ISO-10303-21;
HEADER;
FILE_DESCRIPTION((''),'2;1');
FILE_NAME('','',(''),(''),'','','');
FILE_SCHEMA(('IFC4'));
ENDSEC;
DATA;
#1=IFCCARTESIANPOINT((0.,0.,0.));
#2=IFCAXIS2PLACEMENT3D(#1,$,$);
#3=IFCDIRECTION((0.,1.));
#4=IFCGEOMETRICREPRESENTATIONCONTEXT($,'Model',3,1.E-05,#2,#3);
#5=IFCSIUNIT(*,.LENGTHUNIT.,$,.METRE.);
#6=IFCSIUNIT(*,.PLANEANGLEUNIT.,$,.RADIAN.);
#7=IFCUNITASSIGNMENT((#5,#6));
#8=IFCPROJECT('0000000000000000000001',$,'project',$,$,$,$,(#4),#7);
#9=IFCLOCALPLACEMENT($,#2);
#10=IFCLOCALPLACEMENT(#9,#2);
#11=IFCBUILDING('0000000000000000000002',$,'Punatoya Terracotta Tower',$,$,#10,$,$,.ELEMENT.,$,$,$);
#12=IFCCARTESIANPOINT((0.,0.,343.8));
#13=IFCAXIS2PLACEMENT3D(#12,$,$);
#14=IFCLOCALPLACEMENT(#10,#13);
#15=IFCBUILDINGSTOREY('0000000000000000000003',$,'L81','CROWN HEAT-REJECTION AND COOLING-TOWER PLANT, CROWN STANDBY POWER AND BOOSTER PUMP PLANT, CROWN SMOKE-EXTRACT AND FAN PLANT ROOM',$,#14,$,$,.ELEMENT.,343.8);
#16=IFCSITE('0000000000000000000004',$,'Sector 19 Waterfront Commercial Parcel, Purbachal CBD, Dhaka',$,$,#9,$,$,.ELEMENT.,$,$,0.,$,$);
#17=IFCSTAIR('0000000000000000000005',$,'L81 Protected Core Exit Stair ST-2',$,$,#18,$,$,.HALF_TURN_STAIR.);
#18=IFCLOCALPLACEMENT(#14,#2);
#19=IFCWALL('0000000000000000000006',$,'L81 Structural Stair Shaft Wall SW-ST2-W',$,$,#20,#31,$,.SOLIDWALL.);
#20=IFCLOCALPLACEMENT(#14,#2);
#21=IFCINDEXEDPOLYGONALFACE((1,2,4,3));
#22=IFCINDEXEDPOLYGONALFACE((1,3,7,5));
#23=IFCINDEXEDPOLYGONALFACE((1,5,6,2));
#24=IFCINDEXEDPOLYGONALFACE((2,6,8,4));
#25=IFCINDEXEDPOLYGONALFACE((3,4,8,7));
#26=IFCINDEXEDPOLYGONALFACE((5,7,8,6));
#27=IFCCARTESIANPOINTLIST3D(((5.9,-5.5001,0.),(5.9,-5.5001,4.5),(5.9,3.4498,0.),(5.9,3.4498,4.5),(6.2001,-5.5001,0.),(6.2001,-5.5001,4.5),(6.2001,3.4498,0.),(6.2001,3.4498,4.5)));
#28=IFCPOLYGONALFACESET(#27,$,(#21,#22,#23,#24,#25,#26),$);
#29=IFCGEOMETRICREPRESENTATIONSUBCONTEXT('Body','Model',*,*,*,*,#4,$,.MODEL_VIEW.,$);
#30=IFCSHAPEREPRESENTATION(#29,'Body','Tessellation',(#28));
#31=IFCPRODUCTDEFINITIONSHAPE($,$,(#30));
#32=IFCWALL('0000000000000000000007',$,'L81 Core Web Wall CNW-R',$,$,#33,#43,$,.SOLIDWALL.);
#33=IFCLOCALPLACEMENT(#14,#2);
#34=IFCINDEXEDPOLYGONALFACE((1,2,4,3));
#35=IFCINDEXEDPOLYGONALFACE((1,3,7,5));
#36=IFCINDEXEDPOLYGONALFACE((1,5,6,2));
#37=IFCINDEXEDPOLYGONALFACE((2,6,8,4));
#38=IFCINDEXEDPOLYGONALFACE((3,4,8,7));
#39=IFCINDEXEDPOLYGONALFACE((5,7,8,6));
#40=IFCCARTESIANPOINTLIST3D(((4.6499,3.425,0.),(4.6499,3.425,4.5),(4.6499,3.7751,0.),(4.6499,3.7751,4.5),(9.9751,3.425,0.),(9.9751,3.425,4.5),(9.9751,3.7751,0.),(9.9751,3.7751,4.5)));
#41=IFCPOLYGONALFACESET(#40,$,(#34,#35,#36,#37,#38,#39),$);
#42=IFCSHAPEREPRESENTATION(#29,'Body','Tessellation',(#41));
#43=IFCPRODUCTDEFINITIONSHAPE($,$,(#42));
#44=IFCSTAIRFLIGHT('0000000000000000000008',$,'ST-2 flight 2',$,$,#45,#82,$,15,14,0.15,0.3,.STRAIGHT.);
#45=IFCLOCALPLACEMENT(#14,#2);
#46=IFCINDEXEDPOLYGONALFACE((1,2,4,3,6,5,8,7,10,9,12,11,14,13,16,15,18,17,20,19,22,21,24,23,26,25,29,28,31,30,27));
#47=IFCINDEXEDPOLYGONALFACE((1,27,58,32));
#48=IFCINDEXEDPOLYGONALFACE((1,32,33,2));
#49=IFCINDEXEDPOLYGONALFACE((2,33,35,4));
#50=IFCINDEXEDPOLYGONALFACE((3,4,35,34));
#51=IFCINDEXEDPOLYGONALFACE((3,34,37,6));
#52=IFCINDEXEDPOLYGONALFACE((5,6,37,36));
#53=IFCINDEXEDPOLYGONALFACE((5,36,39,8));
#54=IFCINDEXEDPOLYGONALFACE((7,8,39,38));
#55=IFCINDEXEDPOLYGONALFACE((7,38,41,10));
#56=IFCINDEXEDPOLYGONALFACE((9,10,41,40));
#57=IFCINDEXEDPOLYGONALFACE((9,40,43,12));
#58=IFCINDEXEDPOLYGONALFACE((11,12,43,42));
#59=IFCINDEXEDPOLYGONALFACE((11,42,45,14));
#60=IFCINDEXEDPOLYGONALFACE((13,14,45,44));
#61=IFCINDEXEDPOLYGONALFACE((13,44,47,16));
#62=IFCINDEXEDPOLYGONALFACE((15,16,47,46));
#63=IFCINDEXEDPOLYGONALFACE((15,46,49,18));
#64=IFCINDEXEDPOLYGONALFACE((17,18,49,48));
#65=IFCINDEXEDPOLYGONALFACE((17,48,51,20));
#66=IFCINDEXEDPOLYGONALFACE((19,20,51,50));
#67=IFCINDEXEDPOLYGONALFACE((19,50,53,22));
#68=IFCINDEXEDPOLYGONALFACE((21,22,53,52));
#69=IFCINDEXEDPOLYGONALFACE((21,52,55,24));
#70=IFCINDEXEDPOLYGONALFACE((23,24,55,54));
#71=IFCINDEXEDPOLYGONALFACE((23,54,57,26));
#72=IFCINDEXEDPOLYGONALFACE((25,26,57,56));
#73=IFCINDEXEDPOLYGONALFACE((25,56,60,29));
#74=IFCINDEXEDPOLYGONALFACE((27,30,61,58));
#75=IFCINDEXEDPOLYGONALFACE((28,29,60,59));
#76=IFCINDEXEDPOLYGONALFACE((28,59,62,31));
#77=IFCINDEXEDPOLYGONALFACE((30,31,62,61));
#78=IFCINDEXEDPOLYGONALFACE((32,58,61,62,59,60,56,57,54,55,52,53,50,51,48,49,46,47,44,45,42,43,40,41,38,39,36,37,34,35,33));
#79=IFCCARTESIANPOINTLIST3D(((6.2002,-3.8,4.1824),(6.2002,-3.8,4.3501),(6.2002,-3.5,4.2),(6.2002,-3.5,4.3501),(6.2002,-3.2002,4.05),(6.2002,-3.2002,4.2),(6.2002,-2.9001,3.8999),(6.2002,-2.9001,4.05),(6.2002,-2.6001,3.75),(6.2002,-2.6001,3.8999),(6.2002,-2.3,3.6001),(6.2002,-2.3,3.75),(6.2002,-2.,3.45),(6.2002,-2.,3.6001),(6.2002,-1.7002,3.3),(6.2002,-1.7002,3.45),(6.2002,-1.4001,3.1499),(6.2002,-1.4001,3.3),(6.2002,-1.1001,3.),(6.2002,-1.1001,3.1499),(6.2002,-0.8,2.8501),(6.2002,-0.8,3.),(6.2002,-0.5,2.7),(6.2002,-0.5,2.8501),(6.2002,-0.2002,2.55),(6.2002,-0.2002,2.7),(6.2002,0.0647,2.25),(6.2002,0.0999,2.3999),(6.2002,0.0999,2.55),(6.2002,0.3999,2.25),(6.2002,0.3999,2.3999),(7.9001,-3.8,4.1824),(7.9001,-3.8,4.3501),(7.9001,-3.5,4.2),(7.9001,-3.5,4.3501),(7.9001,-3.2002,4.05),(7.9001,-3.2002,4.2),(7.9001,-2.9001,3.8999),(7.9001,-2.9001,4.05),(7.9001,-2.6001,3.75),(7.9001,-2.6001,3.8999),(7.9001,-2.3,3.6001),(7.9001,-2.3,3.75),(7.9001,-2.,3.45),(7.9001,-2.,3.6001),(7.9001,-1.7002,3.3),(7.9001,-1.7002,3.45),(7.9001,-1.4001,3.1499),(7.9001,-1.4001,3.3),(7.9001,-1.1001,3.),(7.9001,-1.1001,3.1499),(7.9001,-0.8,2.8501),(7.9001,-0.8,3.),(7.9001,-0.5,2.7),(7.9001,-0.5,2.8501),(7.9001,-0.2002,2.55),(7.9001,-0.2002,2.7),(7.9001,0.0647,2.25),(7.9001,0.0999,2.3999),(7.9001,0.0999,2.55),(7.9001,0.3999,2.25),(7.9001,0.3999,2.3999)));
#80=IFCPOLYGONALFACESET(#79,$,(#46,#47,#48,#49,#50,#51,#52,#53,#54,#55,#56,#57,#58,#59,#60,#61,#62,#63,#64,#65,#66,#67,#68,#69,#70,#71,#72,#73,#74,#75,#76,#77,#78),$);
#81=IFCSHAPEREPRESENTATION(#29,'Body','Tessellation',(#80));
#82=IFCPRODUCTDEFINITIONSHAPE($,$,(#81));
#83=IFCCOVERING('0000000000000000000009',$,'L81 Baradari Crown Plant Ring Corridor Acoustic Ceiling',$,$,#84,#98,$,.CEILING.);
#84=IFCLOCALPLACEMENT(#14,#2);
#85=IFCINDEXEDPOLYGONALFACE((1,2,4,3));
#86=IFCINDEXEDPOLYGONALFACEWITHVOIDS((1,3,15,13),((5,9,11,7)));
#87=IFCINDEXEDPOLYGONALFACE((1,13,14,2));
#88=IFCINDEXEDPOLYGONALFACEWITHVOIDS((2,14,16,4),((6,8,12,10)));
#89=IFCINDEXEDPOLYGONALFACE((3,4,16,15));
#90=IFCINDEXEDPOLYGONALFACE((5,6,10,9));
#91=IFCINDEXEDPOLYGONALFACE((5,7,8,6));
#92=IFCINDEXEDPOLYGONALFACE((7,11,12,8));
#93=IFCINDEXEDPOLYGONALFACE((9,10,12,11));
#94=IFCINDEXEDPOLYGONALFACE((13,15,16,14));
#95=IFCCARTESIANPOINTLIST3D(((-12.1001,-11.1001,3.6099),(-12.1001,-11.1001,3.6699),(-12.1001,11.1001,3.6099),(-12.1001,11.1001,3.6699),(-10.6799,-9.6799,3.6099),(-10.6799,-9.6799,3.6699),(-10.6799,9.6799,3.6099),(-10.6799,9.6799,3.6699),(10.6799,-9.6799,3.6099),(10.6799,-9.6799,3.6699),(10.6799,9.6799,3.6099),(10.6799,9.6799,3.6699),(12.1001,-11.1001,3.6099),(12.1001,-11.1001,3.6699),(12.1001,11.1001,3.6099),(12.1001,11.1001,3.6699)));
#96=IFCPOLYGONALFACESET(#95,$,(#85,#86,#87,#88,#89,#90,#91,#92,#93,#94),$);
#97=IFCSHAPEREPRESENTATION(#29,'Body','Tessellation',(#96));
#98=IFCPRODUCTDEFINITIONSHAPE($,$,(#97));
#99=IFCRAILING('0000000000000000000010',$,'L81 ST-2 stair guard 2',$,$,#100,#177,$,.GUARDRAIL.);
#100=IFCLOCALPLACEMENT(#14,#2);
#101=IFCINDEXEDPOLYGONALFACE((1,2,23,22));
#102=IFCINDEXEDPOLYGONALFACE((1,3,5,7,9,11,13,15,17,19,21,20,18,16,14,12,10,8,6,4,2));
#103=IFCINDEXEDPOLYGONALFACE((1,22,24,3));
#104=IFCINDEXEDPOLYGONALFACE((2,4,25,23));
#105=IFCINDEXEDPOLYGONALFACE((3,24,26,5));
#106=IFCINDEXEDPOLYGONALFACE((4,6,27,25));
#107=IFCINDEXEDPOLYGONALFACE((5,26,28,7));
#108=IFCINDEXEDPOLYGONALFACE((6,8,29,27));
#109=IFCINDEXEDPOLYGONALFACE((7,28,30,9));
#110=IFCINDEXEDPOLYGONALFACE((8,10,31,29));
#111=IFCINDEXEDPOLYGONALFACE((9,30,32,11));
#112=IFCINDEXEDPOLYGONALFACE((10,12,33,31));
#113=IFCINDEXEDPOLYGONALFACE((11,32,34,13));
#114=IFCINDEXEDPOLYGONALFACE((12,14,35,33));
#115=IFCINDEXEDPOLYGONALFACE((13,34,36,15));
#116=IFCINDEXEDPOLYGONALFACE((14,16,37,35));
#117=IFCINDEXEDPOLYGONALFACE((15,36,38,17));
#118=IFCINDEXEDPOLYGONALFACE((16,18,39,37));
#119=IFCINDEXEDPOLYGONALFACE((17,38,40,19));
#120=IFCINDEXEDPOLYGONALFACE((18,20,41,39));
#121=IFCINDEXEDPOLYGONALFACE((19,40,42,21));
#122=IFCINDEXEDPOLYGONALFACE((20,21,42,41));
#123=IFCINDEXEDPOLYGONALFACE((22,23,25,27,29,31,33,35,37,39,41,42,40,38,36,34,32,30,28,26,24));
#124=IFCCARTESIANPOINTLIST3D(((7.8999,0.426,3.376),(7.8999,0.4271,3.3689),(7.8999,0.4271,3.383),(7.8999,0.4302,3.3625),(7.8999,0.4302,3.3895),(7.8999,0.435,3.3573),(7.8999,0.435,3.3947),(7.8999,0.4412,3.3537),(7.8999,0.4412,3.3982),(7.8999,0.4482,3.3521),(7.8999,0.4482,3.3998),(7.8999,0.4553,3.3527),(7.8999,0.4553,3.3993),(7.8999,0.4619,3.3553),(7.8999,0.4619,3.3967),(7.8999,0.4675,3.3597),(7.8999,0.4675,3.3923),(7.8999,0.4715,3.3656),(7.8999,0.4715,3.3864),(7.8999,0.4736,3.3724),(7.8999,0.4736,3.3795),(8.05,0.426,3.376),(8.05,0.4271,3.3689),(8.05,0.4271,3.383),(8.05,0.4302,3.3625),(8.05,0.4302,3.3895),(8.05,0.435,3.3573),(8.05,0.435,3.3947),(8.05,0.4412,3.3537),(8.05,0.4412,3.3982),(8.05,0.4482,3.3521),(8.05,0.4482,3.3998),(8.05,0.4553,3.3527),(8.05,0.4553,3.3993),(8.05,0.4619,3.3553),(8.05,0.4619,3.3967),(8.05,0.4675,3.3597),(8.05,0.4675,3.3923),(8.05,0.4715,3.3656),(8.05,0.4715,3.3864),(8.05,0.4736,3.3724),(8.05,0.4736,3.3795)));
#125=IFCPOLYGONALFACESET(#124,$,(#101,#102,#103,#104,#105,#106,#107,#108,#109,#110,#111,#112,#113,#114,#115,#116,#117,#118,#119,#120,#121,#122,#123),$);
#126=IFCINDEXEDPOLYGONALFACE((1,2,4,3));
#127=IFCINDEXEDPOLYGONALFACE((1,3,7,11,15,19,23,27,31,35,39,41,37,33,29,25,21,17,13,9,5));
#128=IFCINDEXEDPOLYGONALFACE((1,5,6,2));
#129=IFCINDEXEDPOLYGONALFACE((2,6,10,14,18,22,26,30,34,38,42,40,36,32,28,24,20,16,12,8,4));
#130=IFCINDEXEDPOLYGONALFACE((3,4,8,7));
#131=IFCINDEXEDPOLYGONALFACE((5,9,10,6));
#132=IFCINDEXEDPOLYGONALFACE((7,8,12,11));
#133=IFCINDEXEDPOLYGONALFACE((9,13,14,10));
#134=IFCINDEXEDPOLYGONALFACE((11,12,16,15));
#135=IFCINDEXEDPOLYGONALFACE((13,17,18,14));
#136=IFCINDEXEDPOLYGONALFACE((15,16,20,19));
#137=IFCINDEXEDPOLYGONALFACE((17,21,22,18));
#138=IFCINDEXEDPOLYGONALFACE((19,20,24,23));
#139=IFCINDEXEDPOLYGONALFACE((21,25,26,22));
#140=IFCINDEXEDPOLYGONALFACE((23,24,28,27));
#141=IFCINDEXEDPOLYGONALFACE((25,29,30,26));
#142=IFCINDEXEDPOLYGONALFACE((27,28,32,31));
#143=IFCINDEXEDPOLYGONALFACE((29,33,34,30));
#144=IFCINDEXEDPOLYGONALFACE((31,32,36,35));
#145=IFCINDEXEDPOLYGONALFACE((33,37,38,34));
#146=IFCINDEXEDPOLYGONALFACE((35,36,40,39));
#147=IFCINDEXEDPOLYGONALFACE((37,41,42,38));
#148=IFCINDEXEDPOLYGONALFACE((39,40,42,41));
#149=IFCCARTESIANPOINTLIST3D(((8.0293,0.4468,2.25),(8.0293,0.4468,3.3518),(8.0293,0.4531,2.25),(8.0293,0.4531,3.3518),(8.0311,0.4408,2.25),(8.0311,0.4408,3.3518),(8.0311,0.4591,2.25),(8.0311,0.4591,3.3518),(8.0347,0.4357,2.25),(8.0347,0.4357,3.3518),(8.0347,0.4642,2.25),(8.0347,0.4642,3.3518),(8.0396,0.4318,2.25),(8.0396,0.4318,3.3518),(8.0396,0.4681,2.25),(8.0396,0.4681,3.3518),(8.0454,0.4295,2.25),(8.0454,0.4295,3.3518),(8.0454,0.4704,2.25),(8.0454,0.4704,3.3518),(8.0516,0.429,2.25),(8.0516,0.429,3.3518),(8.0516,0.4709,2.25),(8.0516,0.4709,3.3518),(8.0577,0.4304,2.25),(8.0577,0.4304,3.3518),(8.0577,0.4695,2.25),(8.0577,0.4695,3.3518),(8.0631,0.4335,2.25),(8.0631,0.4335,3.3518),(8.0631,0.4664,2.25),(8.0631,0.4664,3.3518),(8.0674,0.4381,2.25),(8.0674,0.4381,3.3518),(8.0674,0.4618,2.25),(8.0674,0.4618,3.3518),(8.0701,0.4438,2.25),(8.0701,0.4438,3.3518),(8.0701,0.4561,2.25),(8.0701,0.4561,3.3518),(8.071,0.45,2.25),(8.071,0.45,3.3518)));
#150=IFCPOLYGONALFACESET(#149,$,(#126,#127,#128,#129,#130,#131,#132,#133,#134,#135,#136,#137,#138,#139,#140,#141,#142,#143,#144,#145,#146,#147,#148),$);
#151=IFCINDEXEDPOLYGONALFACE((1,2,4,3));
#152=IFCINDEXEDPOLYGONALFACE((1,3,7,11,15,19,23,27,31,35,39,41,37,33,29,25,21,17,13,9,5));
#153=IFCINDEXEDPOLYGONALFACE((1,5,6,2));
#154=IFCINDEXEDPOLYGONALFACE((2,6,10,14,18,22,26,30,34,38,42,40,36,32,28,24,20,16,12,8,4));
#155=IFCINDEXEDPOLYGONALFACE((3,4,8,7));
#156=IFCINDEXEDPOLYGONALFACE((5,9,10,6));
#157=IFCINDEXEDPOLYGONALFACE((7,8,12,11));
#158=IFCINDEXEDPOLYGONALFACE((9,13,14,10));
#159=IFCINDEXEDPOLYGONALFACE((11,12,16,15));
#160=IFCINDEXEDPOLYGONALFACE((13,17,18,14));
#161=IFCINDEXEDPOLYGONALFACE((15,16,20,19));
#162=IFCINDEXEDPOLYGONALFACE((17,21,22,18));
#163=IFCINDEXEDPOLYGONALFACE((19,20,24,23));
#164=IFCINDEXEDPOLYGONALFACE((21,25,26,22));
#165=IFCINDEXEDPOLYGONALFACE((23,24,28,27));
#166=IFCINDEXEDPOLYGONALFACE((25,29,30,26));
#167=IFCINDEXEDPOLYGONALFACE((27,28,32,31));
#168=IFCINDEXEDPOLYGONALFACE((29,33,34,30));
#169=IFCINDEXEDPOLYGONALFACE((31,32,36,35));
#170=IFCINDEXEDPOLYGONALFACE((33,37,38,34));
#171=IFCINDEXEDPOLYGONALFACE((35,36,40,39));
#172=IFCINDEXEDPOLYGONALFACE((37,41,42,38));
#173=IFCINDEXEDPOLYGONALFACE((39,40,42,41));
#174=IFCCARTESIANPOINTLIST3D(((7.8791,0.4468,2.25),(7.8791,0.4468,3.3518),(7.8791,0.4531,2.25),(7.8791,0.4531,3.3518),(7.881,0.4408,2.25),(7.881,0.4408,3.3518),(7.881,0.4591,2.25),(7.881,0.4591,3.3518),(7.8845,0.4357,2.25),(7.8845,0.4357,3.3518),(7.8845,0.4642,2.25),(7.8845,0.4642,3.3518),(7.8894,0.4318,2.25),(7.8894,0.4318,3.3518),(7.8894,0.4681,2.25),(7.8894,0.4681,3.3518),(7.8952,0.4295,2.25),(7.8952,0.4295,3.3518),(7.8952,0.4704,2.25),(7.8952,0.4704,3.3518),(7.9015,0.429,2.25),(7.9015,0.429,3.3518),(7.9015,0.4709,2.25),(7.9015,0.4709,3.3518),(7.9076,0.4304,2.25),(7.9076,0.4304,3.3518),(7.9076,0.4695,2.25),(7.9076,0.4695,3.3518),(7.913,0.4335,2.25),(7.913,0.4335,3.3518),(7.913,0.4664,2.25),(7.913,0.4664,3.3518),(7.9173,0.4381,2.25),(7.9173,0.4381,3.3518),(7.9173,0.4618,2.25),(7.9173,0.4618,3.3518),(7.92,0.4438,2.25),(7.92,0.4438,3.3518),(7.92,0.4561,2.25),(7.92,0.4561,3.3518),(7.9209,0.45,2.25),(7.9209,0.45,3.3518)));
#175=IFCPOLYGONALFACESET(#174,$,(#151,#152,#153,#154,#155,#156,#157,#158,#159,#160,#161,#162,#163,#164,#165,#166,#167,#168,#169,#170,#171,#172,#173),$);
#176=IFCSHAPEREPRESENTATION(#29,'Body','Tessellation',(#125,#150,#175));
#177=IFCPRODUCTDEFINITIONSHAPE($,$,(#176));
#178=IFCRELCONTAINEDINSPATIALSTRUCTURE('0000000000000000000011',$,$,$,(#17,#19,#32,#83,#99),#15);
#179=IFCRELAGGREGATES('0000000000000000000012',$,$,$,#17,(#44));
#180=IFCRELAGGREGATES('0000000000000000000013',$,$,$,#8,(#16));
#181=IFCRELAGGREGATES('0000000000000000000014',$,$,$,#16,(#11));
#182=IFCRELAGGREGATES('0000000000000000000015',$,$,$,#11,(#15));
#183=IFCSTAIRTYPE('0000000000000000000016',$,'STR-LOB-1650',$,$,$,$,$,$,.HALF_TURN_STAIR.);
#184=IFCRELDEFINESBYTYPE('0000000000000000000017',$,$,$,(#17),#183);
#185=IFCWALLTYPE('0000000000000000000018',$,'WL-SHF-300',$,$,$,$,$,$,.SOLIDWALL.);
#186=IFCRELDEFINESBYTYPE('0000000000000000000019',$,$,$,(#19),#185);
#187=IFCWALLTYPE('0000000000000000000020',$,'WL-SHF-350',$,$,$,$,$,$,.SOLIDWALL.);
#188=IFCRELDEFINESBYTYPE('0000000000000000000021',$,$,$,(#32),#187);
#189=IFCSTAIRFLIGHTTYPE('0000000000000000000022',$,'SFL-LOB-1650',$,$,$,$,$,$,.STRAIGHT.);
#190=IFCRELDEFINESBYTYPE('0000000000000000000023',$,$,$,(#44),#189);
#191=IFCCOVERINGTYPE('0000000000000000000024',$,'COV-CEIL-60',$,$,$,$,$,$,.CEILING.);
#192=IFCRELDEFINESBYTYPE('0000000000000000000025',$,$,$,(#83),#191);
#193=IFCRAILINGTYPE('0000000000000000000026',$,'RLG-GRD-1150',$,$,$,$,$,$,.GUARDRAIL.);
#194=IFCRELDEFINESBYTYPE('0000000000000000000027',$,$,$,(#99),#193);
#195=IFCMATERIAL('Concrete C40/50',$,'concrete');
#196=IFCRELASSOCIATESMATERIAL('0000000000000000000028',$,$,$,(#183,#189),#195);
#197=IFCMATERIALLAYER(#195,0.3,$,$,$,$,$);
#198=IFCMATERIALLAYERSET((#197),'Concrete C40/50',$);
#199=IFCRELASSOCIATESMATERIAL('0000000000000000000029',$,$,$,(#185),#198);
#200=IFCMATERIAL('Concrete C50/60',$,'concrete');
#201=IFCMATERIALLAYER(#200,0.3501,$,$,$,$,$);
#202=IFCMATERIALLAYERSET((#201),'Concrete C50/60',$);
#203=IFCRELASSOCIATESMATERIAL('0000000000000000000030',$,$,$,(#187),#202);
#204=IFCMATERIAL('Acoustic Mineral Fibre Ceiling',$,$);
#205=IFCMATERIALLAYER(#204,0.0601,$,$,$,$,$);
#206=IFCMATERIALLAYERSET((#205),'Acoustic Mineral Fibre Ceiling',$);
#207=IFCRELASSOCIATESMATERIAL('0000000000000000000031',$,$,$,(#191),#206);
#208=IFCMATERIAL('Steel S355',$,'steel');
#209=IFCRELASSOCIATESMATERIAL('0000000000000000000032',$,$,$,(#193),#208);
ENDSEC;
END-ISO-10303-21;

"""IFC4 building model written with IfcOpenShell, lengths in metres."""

from ifc_helpers import new_model, si_unit, direction, frame, frame_2d, origin, origin_2d, place, context, subcontext, project, spatial, polyline, rectangle, circle, outline, extrude, material, layer, layer_set, type_object, element, aggregate, save


model = new_model("IFC4")

# Units and contexts
model_context = context("Model", 3, precision=1e-05, world=origin(), true_north=direction((0.0, 1.0)))
body_context = subcontext(model_context, "Body", "Model", "MODEL_VIEW")
ifc_project = project(units=[si_unit("LENGTHUNIT", "METRE"), si_unit("PLANEANGLEUNIT", "RADIAN")], contexts=[model_context])

# Site, building, storey
site_placement = place(None, origin())
site = spatial("IfcSite", under=ifc_project, at=site_placement, Name="Sector 19 Waterfront Commercial Parcel, Purbachal CBD, Dhaka", CompositionType="ELEMENT", RefElevation=0.0)
building_placement = place(site_placement, origin())
building = spatial("IfcBuilding", under=site, at=building_placement, Name="Punatoya Terracotta Tower", CompositionType="ELEMENT")
storey_placement = place(building_placement, frame((0.0, 0.0, 343.8)))
storey = spatial("IfcBuildingStorey", under=building, at=storey_placement, Name="L81", Description="CROWN HEAT-REJECTION AND COOLING-TOWER PLANT, CROWN STANDBY POWER AND BOOSTER PUMP PLANT, CROWN SMOKE-EXTRACT AND FAN PLANT ROOM", CompositionType="ELEMENT", Elevation=343.8)

# Shared definitions
ifc_material_1 = material(Name="Steel S355", Category="steel")

# Stair
ifc_material_2 = material(Name="Concrete C40/50", Category="concrete")
stair_type_1 = type_object("IfcStairType", Name="STR-LOB-1650", PredefinedType="HALF_TURN_STAIR", material=ifc_material_2)
stair_1_placement = place(storey_placement, origin())
stair_1 = element("IfcStair", 1, at=stair_1_placement, inside=storey, type_object=stair_type_1, Name="L81 Protected Core Exit Stair ST-2", PredefinedType="HALF_TURN_STAIR")

# Walls
ifc_layer_1 = layer(ifc_material_2, 0.3)
ifc_layer_set_1 = layer_set([ifc_layer_1], Name="Concrete C40/50")
wall_type_1 = type_object("IfcWallType", Name="WL-SHF-300", PredefinedType="SOLIDWALL", material=ifc_layer_set_1)
wall_1_placement = place(storey_placement, frame((6.05, 3.45, 0.0), z_axis=(0.0, 0.0, 1.0), x_axis=(0.0, -1.0, 0.0)))
element("IfcWall", 2, at=wall_1_placement, inside=storey, type_object=wall_type_1, Name="L81 Structural Stair Shaft Wall SW-ST2-W", PredefinedType="SOLIDWALL", context=body_context, shape_type="SweptSolid", body=[
    extrude(rectangle(XDim=8.95, YDim=0.3, at=frame_2d((4.4751, 0.0))), origin(), (0.0, 0.0, 1.0), 4.5),
])
ifc_material_3 = material(Name="Concrete C50/60", Category="concrete")
ifc_layer_2 = layer(ifc_material_3, 0.3501)
ifc_layer_set_2 = layer_set([ifc_layer_2], Name="Concrete C50/60")
wall_type_2 = type_object("IfcWallType", Name="WL-SHF-350", PredefinedType="SOLIDWALL", material=ifc_layer_set_2)
wall_2_placement = place(storey_placement, frame((4.6499, 3.6001, 0.0), z_axis=(0.0, 0.0, 1.0), x_axis=(1.0, 0.0, 0.0)))
element("IfcWall", 3, at=wall_2_placement, inside=storey, type_object=wall_type_2, Name="L81 Core Web Wall CNW-R", PredefinedType="SOLIDWALL", context=body_context, shape_type="SweptSolid", body=[
    extrude(rectangle(XDim=5.3252, YDim=0.3501, at=frame_2d((2.6626, 0.0))), origin(), (0.0, 0.0, 1.0), 4.5),
])

# Stair flight
stair_flight_type = type_object("IfcStairFlightType", Name="SFL-LOB-1650", PredefinedType="STRAIGHT", material=ifc_material_2)
stair_flight_placement = place(storey_placement, frame((7.05, 0.3999, 2.25), z_axis=(0.0, 0.0, 1.0), x_axis=(0.0, -1.0, 0.0)))
stair_flight = element("IfcStairFlight", 4, at=stair_flight_placement, type_object=stair_flight_type, Name="ST-2 flight 2", NumberOfRisers=15, NumberOfTreads=14, PredefinedType="STRAIGHT", RiserHeight=0.15, TreadLength=0.3, context=body_context, shape_type="SweptSolid", body=[
    extrude(outline(polyline([(0.0, 0.0), (0.0, 0.1499), (0.3, 0.1499), (0.3, 0.3), (0.6001, 0.3), (0.6001, 0.45), (0.8999, 0.45), (0.8999, 0.6001), (1.2, 0.6001), (1.2, 0.75), (1.5, 0.75), (1.5, 0.8999), (1.8, 0.8999), (1.8, 1.05), (2.1001, 1.05), (2.1001, 1.2), (2.3999, 1.2), (2.3999, 1.3501), (2.7, 1.3501), (2.7, 1.5), (3.0, 1.5), (3.0, 1.6499), (3.3, 1.6499), (3.3, 1.8), (3.6001, 1.8), (3.6001, 1.95), (3.8999, 1.95), (3.8999, 2.1001), (4.2, 2.1001), (4.2, 2.25), (4.2, 1.9324), (0.3352, 0.0), (0.0, 0.0)])), frame((0.0, 0.8501, 0.0), z_axis=(0.0, -1.0, 0.0), x_axis=(1.0, 0.0, 0.0)), (0.0, 0.0, 1.0), 1.7),
])
aggregate(stair_1, [stair_flight])

# Covering
ifc_material_4 = material(Name="Acoustic Mineral Fibre Ceiling")
ifc_layer_3 = layer(ifc_material_4, 0.0601)
ifc_layer_set_3 = layer_set([ifc_layer_3], Name="Acoustic Mineral Fibre Ceiling")
covering_type = type_object("IfcCoveringType", Name="COV-CEIL-60", PredefinedType="CEILING", material=ifc_layer_set_3)
covering_placement = place(storey_placement, frame((0.0, 0.0, 3.6099)))
element("IfcCovering", 5, at=covering_placement, inside=storey, type_object=covering_type, Name="L81 Baradari Crown Plant Ring Corridor Acoustic Ceiling", PredefinedType="CEILING", context=body_context, shape_type="SweptSolid", body=[
    extrude(outline(polyline([(-12.1001, 11.1001), (-12.1001, -11.1001), (12.1001, -11.1001), (12.1001, 11.1001), (-12.1001, 11.1001)]), holes=[polyline([(-10.6799, 9.6799), (10.6799, 9.6799), (10.6799, -9.6799), (-10.6799, -9.6799), (-10.6799, 9.6799)])]), origin(), (0.0, 0.0, 1.0), 0.0601),
])

# Railing
railing_type_1 = type_object("IfcRailingType", Name="RLG-GRD-1150", PredefinedType="GUARDRAIL", material=ifc_material_1)
railing_1_placement = place(storey_placement, frame((8.05, 0.45, 2.25)))
element("IfcRailing", 6, at=railing_1_placement, inside=storey, type_object=railing_type_1, Name="L81 ST-2 stair guard 2", PredefinedType="GUARDRAIL", context=body_context, shape_type="SweptSolid", body=[
    extrude(circle(Radius=0.0239, at=origin_2d()), frame((0.0, 0.0, 1.126), z_axis=(-1.0, 0.0, 0.0), x_axis=(0.0, -1.0, 0.0)), (0.0, 0.0, 1.0), 0.1501),
    extrude(circle(Radius=0.021, at=origin_2d()), origin(), (0.0, 0.0, 1.0), 1.1018),
    extrude(circle(Radius=0.021, at=origin_2d()), frame((-0.1501, 0.0, 0.0)), (0.0, 0.0, 1.0), 1.1018),
])

save(model, "model.ifc")
